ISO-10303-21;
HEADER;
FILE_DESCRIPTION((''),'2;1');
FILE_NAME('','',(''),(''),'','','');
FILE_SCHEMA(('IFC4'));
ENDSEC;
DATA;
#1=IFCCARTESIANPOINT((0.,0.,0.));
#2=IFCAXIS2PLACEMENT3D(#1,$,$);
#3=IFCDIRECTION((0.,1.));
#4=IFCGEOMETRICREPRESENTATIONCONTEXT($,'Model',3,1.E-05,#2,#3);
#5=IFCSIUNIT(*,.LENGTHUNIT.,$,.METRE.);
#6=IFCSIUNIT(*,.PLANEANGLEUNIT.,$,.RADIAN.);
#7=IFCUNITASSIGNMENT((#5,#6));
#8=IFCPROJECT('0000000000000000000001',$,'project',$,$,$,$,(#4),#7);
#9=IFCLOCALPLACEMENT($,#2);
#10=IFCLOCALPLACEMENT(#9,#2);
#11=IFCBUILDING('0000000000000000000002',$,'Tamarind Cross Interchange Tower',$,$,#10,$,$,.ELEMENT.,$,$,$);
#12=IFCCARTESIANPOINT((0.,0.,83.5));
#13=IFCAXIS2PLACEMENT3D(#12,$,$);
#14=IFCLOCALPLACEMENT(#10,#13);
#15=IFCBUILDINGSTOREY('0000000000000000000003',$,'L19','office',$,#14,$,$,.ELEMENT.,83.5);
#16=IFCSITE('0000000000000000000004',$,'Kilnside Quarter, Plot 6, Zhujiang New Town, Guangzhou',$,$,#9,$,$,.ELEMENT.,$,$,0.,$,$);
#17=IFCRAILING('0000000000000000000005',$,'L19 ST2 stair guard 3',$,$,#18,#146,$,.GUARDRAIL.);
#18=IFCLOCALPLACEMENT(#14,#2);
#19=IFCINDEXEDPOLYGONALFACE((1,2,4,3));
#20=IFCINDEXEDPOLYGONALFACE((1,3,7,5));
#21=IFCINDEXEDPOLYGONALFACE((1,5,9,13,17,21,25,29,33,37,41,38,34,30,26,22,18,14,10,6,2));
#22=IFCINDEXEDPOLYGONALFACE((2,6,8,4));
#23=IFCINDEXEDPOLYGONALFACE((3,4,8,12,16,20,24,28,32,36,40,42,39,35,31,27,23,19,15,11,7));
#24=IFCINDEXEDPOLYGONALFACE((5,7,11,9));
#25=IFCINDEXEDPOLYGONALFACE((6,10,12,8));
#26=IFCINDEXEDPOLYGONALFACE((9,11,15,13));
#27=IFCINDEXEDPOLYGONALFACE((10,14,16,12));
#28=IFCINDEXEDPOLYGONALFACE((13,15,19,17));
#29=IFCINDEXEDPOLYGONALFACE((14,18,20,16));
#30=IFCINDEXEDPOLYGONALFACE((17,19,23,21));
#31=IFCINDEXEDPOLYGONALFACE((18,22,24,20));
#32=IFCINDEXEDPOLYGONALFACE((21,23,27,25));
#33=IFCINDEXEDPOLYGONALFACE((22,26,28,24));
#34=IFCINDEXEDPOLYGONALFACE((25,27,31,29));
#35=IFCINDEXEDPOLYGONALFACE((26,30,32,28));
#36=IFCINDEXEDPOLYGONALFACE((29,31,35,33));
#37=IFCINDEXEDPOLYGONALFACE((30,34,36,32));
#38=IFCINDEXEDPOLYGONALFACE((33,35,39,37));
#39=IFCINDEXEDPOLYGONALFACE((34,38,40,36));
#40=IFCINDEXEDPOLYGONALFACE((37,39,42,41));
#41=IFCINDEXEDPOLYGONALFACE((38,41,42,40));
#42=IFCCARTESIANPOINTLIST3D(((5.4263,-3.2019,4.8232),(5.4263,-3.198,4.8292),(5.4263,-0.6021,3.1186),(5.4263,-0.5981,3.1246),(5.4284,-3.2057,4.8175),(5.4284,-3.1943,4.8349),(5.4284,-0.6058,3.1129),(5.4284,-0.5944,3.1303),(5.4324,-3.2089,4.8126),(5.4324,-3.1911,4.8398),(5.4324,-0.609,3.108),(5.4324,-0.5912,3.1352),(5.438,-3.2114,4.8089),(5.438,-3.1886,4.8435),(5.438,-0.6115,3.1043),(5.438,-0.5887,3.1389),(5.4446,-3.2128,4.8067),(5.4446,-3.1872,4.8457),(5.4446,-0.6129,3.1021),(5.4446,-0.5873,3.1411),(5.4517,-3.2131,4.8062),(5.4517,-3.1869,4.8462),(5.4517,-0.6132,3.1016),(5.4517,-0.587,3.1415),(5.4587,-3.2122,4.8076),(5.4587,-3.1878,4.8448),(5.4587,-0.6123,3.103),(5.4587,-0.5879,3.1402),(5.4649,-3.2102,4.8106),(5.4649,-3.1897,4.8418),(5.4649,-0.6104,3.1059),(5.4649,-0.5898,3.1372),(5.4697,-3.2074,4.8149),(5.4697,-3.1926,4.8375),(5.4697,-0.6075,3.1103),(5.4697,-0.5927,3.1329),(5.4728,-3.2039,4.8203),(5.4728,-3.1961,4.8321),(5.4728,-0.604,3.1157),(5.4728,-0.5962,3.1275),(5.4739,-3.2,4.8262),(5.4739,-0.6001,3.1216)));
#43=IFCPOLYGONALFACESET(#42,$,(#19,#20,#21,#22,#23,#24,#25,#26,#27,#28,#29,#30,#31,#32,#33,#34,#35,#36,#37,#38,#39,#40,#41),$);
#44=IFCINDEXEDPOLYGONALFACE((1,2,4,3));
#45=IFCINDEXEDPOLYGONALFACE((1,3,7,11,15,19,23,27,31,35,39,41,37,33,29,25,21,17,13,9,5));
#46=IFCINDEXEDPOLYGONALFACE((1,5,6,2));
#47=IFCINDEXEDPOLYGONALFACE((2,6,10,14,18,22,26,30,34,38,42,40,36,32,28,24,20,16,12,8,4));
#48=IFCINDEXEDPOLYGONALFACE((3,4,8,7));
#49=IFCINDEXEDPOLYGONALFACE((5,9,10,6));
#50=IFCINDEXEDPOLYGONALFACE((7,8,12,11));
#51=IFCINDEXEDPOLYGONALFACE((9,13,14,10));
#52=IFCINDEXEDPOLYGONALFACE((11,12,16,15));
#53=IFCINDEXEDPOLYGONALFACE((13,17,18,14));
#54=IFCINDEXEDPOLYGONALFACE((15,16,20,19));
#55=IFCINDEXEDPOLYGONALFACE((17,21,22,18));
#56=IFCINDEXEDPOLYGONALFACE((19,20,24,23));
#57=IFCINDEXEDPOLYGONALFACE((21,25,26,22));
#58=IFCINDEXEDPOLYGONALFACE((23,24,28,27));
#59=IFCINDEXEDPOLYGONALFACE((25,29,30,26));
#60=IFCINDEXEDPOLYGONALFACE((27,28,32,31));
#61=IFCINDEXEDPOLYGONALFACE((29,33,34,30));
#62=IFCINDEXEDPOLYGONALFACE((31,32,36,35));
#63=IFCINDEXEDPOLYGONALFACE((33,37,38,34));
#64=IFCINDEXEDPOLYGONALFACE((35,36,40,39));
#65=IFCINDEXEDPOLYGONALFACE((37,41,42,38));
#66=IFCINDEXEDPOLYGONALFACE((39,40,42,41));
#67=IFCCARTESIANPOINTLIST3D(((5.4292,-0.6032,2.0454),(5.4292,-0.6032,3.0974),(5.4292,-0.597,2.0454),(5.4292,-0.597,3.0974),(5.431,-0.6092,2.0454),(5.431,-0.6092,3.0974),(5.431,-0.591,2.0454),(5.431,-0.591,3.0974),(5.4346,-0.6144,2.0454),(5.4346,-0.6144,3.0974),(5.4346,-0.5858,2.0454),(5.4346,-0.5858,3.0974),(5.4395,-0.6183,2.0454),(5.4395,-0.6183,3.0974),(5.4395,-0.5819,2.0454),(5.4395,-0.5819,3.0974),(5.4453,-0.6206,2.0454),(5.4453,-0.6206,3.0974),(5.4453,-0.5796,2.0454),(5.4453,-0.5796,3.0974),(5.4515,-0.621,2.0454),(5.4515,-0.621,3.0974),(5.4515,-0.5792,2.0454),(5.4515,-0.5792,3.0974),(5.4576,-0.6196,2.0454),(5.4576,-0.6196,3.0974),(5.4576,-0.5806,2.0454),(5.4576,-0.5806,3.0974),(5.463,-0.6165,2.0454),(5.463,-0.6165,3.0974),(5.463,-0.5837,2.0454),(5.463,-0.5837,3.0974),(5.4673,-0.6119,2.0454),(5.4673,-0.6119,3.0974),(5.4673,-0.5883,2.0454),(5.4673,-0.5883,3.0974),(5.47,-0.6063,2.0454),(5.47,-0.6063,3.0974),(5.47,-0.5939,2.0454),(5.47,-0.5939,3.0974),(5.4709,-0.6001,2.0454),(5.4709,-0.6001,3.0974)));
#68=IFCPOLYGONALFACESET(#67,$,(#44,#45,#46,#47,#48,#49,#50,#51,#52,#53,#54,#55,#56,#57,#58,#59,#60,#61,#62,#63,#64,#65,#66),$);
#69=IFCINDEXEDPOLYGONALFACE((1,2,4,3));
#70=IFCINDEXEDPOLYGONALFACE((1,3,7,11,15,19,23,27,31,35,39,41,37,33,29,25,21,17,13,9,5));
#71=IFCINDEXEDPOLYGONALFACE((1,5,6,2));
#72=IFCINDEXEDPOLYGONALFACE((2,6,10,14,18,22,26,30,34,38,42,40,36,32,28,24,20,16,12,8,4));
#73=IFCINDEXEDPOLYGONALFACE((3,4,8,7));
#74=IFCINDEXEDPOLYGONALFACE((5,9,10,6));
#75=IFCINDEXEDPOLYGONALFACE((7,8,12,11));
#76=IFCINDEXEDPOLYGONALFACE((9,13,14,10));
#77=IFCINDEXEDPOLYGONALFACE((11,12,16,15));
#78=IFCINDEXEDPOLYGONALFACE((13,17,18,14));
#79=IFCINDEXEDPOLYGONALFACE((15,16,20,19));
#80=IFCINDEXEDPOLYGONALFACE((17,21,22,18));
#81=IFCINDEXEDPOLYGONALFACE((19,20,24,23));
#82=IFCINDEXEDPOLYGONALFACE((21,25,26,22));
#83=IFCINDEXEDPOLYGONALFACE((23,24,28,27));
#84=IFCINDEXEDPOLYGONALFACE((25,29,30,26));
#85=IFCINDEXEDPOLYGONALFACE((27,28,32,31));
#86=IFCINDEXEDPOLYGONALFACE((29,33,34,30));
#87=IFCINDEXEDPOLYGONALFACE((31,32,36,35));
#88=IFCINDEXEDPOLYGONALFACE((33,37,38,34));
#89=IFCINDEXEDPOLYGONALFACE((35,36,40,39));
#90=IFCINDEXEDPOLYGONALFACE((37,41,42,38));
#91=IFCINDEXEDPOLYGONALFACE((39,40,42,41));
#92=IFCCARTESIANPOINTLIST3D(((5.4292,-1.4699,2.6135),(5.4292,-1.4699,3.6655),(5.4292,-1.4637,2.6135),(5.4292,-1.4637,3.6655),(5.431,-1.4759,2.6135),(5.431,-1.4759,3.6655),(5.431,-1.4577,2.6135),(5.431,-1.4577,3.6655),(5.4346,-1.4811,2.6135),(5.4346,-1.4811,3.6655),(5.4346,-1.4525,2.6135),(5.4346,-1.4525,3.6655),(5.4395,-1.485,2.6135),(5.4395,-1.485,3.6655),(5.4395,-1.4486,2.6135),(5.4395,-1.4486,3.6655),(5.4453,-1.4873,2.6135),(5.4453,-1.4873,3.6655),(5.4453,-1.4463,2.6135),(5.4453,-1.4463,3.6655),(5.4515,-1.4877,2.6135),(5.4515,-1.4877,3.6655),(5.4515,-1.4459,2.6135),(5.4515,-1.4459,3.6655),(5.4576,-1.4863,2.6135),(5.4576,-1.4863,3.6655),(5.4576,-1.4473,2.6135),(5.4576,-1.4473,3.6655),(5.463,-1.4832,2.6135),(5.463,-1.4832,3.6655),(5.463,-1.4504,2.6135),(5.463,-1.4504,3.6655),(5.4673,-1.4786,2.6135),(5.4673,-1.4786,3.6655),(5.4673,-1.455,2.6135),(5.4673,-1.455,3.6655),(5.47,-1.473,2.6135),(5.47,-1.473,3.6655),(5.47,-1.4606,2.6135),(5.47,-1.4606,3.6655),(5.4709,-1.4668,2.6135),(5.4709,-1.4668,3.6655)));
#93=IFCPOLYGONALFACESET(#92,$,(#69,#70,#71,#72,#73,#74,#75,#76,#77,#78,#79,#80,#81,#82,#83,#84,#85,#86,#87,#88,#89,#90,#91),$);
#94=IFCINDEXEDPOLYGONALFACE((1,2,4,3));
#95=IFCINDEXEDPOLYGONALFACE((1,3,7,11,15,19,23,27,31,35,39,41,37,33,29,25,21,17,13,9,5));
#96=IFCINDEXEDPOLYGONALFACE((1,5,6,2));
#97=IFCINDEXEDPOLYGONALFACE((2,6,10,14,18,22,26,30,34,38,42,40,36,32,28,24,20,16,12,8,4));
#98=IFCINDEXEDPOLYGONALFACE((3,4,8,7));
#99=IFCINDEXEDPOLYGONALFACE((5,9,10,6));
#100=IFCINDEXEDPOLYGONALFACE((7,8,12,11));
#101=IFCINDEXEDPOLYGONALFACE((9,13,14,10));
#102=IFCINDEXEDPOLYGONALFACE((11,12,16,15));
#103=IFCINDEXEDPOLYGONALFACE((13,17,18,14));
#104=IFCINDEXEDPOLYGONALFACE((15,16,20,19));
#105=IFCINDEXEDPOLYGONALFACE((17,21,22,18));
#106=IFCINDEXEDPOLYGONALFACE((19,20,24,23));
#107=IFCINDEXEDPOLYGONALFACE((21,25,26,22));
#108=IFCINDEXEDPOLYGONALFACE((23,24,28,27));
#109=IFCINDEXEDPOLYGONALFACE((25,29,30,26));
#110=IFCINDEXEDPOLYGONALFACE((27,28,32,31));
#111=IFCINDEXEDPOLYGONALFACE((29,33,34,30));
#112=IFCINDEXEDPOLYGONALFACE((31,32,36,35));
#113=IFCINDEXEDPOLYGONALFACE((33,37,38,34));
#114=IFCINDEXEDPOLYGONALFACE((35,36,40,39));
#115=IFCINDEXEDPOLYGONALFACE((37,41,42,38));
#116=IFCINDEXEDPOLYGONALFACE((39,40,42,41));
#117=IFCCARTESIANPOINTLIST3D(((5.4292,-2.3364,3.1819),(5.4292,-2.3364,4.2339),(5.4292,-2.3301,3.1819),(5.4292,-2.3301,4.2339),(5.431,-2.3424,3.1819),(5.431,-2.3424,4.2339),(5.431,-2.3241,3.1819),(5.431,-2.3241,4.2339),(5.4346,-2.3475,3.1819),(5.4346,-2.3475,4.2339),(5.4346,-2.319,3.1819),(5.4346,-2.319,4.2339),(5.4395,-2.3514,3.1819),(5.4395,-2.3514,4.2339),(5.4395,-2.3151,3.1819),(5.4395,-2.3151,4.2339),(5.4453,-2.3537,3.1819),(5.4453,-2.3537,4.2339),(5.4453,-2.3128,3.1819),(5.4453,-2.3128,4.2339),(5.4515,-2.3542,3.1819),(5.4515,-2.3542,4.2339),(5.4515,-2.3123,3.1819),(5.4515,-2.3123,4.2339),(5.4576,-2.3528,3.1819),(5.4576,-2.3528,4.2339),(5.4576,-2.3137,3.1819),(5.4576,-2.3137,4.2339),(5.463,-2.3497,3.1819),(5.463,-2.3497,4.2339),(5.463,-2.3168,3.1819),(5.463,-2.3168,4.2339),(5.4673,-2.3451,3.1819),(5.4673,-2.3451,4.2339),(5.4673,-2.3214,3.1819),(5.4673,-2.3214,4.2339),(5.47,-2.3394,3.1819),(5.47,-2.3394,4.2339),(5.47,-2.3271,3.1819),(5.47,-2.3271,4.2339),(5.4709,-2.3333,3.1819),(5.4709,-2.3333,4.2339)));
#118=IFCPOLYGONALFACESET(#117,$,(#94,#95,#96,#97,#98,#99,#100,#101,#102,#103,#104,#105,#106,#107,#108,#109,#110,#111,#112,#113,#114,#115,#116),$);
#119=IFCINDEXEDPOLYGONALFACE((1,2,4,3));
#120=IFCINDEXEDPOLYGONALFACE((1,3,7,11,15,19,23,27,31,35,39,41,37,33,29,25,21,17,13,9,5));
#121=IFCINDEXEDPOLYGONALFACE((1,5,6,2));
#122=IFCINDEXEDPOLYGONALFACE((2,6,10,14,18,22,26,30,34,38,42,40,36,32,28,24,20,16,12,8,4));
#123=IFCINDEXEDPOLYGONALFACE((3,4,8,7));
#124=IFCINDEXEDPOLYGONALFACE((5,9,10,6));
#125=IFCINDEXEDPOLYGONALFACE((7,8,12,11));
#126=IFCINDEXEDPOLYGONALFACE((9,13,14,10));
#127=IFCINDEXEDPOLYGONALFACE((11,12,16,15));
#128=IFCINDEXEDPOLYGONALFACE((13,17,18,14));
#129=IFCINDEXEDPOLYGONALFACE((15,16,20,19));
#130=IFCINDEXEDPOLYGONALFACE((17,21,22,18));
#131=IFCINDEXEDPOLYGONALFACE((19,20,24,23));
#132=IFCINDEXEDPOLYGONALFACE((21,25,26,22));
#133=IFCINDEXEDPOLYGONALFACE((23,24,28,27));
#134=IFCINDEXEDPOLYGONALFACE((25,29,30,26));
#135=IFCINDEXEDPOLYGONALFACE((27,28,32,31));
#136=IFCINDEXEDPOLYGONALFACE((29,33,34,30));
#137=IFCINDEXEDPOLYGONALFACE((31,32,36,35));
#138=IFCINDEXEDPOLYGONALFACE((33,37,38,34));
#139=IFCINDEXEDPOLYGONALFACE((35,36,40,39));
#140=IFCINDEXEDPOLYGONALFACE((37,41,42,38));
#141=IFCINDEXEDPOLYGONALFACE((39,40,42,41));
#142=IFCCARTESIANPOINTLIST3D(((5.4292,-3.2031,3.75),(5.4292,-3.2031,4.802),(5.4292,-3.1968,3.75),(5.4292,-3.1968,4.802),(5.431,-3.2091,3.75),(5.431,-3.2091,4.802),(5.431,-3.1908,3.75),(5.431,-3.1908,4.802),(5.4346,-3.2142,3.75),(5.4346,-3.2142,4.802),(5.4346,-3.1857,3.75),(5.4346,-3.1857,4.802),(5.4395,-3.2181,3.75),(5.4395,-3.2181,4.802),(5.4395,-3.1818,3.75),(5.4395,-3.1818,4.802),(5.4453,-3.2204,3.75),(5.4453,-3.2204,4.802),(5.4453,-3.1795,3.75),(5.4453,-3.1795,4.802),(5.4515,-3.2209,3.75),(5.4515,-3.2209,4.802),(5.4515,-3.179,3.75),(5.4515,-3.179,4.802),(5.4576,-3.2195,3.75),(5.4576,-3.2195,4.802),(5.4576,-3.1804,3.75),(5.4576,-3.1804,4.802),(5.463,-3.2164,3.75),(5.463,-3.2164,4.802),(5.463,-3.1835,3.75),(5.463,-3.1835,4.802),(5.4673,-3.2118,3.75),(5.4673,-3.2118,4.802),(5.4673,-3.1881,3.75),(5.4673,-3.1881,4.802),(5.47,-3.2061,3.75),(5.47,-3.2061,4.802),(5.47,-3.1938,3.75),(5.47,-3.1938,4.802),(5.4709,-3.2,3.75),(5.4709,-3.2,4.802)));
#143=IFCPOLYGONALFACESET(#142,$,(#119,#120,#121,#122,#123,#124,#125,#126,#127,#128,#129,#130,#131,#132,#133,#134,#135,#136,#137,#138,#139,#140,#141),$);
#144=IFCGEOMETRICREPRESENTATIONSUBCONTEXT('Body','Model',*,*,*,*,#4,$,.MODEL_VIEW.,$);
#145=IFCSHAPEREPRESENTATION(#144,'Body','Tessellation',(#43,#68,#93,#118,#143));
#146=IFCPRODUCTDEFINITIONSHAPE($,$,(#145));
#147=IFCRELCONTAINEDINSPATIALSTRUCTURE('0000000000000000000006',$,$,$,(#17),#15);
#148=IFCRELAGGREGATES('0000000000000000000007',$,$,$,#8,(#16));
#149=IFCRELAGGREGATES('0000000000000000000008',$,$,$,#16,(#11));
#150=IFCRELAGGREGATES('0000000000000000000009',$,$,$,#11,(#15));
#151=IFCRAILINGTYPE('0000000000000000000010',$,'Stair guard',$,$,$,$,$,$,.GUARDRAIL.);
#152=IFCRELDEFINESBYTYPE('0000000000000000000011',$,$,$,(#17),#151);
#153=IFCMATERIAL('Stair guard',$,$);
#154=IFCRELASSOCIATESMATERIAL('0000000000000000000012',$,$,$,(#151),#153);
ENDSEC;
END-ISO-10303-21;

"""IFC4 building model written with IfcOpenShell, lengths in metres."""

from ifc_helpers import new_model, si_unit, direction, frame, origin, origin_2d, place, context, subcontext, project, spatial, circle, extrude, material, type_object, element, save


model = new_model("IFC4")

# Units and contexts
model_context = context("Model", 3, precision=1e-05, world=origin(), true_north=direction((0.0, 1.0)))
body_context = subcontext(model_context, "Body", "Model", "MODEL_VIEW")
ifc_project = project(units=[si_unit("LENGTHUNIT", "METRE"), si_unit("PLANEANGLEUNIT", "RADIAN")], contexts=[model_context])

# Site, building, storey
site_placement = place(None, origin())
site = spatial("IfcSite", under=ifc_project, at=site_placement, Name="Kilnside Quarter, Plot 6, Zhujiang New Town, Guangzhou", CompositionType="ELEMENT", RefElevation=0.0)
building_placement = place(site_placement, origin())
building = spatial("IfcBuilding", under=site, at=building_placement, Name="Tamarind Cross Interchange Tower", CompositionType="ELEMENT")
storey_placement = place(building_placement, frame((0.0, 0.0, 83.5)))
storey = spatial("IfcBuildingStorey", under=building, at=storey_placement, Name="L19", Description="office", CompositionType="ELEMENT", Elevation=83.5)

# Railing
ifc_material_1 = material(Name="Stair guard")
railing_type_1 = type_object("IfcRailingType", Name="Stair guard", PredefinedType="GUARDRAIL", material=ifc_material_1)
railing_1_placement = place(storey_placement, frame((5.45, -0.6001, 2.0454)))
element("IfcRailing", 1, at=railing_1_placement, inside=storey, type_object=railing_type_1, Name="L19 ST2 stair guard 3", PredefinedType="GUARDRAIL", context=body_context, shape_type="SweptSolid", body=[
    extrude(circle(Radius=0.0239, at=origin_2d()), frame((0.0, 0.0, 1.0762), z_axis=(0.0, -0.836279, 0.548305), x_axis=(1.0, 0.0, 0.0)), (0.0, 0.0, 1.0), 3.1089),
    extrude(circle(Radius=0.021, at=origin_2d()), origin(), (0.0, 0.0, 1.0), 1.052),
    extrude(circle(Radius=0.021, at=origin_2d()), frame((0.0, -0.8667, 0.5681)), (0.0, 0.0, 1.0), 1.052),
    extrude(circle(Radius=0.021, at=origin_2d()), frame((0.0, -1.7332, 1.1365)), (0.0, 0.0, 1.0), 1.052),
    extrude(circle(Radius=0.021, at=origin_2d()), frame((0.0, -2.5999, 1.7046)), (0.0, 0.0, 1.0), 1.052),
])

save(model, "model.ifc")
